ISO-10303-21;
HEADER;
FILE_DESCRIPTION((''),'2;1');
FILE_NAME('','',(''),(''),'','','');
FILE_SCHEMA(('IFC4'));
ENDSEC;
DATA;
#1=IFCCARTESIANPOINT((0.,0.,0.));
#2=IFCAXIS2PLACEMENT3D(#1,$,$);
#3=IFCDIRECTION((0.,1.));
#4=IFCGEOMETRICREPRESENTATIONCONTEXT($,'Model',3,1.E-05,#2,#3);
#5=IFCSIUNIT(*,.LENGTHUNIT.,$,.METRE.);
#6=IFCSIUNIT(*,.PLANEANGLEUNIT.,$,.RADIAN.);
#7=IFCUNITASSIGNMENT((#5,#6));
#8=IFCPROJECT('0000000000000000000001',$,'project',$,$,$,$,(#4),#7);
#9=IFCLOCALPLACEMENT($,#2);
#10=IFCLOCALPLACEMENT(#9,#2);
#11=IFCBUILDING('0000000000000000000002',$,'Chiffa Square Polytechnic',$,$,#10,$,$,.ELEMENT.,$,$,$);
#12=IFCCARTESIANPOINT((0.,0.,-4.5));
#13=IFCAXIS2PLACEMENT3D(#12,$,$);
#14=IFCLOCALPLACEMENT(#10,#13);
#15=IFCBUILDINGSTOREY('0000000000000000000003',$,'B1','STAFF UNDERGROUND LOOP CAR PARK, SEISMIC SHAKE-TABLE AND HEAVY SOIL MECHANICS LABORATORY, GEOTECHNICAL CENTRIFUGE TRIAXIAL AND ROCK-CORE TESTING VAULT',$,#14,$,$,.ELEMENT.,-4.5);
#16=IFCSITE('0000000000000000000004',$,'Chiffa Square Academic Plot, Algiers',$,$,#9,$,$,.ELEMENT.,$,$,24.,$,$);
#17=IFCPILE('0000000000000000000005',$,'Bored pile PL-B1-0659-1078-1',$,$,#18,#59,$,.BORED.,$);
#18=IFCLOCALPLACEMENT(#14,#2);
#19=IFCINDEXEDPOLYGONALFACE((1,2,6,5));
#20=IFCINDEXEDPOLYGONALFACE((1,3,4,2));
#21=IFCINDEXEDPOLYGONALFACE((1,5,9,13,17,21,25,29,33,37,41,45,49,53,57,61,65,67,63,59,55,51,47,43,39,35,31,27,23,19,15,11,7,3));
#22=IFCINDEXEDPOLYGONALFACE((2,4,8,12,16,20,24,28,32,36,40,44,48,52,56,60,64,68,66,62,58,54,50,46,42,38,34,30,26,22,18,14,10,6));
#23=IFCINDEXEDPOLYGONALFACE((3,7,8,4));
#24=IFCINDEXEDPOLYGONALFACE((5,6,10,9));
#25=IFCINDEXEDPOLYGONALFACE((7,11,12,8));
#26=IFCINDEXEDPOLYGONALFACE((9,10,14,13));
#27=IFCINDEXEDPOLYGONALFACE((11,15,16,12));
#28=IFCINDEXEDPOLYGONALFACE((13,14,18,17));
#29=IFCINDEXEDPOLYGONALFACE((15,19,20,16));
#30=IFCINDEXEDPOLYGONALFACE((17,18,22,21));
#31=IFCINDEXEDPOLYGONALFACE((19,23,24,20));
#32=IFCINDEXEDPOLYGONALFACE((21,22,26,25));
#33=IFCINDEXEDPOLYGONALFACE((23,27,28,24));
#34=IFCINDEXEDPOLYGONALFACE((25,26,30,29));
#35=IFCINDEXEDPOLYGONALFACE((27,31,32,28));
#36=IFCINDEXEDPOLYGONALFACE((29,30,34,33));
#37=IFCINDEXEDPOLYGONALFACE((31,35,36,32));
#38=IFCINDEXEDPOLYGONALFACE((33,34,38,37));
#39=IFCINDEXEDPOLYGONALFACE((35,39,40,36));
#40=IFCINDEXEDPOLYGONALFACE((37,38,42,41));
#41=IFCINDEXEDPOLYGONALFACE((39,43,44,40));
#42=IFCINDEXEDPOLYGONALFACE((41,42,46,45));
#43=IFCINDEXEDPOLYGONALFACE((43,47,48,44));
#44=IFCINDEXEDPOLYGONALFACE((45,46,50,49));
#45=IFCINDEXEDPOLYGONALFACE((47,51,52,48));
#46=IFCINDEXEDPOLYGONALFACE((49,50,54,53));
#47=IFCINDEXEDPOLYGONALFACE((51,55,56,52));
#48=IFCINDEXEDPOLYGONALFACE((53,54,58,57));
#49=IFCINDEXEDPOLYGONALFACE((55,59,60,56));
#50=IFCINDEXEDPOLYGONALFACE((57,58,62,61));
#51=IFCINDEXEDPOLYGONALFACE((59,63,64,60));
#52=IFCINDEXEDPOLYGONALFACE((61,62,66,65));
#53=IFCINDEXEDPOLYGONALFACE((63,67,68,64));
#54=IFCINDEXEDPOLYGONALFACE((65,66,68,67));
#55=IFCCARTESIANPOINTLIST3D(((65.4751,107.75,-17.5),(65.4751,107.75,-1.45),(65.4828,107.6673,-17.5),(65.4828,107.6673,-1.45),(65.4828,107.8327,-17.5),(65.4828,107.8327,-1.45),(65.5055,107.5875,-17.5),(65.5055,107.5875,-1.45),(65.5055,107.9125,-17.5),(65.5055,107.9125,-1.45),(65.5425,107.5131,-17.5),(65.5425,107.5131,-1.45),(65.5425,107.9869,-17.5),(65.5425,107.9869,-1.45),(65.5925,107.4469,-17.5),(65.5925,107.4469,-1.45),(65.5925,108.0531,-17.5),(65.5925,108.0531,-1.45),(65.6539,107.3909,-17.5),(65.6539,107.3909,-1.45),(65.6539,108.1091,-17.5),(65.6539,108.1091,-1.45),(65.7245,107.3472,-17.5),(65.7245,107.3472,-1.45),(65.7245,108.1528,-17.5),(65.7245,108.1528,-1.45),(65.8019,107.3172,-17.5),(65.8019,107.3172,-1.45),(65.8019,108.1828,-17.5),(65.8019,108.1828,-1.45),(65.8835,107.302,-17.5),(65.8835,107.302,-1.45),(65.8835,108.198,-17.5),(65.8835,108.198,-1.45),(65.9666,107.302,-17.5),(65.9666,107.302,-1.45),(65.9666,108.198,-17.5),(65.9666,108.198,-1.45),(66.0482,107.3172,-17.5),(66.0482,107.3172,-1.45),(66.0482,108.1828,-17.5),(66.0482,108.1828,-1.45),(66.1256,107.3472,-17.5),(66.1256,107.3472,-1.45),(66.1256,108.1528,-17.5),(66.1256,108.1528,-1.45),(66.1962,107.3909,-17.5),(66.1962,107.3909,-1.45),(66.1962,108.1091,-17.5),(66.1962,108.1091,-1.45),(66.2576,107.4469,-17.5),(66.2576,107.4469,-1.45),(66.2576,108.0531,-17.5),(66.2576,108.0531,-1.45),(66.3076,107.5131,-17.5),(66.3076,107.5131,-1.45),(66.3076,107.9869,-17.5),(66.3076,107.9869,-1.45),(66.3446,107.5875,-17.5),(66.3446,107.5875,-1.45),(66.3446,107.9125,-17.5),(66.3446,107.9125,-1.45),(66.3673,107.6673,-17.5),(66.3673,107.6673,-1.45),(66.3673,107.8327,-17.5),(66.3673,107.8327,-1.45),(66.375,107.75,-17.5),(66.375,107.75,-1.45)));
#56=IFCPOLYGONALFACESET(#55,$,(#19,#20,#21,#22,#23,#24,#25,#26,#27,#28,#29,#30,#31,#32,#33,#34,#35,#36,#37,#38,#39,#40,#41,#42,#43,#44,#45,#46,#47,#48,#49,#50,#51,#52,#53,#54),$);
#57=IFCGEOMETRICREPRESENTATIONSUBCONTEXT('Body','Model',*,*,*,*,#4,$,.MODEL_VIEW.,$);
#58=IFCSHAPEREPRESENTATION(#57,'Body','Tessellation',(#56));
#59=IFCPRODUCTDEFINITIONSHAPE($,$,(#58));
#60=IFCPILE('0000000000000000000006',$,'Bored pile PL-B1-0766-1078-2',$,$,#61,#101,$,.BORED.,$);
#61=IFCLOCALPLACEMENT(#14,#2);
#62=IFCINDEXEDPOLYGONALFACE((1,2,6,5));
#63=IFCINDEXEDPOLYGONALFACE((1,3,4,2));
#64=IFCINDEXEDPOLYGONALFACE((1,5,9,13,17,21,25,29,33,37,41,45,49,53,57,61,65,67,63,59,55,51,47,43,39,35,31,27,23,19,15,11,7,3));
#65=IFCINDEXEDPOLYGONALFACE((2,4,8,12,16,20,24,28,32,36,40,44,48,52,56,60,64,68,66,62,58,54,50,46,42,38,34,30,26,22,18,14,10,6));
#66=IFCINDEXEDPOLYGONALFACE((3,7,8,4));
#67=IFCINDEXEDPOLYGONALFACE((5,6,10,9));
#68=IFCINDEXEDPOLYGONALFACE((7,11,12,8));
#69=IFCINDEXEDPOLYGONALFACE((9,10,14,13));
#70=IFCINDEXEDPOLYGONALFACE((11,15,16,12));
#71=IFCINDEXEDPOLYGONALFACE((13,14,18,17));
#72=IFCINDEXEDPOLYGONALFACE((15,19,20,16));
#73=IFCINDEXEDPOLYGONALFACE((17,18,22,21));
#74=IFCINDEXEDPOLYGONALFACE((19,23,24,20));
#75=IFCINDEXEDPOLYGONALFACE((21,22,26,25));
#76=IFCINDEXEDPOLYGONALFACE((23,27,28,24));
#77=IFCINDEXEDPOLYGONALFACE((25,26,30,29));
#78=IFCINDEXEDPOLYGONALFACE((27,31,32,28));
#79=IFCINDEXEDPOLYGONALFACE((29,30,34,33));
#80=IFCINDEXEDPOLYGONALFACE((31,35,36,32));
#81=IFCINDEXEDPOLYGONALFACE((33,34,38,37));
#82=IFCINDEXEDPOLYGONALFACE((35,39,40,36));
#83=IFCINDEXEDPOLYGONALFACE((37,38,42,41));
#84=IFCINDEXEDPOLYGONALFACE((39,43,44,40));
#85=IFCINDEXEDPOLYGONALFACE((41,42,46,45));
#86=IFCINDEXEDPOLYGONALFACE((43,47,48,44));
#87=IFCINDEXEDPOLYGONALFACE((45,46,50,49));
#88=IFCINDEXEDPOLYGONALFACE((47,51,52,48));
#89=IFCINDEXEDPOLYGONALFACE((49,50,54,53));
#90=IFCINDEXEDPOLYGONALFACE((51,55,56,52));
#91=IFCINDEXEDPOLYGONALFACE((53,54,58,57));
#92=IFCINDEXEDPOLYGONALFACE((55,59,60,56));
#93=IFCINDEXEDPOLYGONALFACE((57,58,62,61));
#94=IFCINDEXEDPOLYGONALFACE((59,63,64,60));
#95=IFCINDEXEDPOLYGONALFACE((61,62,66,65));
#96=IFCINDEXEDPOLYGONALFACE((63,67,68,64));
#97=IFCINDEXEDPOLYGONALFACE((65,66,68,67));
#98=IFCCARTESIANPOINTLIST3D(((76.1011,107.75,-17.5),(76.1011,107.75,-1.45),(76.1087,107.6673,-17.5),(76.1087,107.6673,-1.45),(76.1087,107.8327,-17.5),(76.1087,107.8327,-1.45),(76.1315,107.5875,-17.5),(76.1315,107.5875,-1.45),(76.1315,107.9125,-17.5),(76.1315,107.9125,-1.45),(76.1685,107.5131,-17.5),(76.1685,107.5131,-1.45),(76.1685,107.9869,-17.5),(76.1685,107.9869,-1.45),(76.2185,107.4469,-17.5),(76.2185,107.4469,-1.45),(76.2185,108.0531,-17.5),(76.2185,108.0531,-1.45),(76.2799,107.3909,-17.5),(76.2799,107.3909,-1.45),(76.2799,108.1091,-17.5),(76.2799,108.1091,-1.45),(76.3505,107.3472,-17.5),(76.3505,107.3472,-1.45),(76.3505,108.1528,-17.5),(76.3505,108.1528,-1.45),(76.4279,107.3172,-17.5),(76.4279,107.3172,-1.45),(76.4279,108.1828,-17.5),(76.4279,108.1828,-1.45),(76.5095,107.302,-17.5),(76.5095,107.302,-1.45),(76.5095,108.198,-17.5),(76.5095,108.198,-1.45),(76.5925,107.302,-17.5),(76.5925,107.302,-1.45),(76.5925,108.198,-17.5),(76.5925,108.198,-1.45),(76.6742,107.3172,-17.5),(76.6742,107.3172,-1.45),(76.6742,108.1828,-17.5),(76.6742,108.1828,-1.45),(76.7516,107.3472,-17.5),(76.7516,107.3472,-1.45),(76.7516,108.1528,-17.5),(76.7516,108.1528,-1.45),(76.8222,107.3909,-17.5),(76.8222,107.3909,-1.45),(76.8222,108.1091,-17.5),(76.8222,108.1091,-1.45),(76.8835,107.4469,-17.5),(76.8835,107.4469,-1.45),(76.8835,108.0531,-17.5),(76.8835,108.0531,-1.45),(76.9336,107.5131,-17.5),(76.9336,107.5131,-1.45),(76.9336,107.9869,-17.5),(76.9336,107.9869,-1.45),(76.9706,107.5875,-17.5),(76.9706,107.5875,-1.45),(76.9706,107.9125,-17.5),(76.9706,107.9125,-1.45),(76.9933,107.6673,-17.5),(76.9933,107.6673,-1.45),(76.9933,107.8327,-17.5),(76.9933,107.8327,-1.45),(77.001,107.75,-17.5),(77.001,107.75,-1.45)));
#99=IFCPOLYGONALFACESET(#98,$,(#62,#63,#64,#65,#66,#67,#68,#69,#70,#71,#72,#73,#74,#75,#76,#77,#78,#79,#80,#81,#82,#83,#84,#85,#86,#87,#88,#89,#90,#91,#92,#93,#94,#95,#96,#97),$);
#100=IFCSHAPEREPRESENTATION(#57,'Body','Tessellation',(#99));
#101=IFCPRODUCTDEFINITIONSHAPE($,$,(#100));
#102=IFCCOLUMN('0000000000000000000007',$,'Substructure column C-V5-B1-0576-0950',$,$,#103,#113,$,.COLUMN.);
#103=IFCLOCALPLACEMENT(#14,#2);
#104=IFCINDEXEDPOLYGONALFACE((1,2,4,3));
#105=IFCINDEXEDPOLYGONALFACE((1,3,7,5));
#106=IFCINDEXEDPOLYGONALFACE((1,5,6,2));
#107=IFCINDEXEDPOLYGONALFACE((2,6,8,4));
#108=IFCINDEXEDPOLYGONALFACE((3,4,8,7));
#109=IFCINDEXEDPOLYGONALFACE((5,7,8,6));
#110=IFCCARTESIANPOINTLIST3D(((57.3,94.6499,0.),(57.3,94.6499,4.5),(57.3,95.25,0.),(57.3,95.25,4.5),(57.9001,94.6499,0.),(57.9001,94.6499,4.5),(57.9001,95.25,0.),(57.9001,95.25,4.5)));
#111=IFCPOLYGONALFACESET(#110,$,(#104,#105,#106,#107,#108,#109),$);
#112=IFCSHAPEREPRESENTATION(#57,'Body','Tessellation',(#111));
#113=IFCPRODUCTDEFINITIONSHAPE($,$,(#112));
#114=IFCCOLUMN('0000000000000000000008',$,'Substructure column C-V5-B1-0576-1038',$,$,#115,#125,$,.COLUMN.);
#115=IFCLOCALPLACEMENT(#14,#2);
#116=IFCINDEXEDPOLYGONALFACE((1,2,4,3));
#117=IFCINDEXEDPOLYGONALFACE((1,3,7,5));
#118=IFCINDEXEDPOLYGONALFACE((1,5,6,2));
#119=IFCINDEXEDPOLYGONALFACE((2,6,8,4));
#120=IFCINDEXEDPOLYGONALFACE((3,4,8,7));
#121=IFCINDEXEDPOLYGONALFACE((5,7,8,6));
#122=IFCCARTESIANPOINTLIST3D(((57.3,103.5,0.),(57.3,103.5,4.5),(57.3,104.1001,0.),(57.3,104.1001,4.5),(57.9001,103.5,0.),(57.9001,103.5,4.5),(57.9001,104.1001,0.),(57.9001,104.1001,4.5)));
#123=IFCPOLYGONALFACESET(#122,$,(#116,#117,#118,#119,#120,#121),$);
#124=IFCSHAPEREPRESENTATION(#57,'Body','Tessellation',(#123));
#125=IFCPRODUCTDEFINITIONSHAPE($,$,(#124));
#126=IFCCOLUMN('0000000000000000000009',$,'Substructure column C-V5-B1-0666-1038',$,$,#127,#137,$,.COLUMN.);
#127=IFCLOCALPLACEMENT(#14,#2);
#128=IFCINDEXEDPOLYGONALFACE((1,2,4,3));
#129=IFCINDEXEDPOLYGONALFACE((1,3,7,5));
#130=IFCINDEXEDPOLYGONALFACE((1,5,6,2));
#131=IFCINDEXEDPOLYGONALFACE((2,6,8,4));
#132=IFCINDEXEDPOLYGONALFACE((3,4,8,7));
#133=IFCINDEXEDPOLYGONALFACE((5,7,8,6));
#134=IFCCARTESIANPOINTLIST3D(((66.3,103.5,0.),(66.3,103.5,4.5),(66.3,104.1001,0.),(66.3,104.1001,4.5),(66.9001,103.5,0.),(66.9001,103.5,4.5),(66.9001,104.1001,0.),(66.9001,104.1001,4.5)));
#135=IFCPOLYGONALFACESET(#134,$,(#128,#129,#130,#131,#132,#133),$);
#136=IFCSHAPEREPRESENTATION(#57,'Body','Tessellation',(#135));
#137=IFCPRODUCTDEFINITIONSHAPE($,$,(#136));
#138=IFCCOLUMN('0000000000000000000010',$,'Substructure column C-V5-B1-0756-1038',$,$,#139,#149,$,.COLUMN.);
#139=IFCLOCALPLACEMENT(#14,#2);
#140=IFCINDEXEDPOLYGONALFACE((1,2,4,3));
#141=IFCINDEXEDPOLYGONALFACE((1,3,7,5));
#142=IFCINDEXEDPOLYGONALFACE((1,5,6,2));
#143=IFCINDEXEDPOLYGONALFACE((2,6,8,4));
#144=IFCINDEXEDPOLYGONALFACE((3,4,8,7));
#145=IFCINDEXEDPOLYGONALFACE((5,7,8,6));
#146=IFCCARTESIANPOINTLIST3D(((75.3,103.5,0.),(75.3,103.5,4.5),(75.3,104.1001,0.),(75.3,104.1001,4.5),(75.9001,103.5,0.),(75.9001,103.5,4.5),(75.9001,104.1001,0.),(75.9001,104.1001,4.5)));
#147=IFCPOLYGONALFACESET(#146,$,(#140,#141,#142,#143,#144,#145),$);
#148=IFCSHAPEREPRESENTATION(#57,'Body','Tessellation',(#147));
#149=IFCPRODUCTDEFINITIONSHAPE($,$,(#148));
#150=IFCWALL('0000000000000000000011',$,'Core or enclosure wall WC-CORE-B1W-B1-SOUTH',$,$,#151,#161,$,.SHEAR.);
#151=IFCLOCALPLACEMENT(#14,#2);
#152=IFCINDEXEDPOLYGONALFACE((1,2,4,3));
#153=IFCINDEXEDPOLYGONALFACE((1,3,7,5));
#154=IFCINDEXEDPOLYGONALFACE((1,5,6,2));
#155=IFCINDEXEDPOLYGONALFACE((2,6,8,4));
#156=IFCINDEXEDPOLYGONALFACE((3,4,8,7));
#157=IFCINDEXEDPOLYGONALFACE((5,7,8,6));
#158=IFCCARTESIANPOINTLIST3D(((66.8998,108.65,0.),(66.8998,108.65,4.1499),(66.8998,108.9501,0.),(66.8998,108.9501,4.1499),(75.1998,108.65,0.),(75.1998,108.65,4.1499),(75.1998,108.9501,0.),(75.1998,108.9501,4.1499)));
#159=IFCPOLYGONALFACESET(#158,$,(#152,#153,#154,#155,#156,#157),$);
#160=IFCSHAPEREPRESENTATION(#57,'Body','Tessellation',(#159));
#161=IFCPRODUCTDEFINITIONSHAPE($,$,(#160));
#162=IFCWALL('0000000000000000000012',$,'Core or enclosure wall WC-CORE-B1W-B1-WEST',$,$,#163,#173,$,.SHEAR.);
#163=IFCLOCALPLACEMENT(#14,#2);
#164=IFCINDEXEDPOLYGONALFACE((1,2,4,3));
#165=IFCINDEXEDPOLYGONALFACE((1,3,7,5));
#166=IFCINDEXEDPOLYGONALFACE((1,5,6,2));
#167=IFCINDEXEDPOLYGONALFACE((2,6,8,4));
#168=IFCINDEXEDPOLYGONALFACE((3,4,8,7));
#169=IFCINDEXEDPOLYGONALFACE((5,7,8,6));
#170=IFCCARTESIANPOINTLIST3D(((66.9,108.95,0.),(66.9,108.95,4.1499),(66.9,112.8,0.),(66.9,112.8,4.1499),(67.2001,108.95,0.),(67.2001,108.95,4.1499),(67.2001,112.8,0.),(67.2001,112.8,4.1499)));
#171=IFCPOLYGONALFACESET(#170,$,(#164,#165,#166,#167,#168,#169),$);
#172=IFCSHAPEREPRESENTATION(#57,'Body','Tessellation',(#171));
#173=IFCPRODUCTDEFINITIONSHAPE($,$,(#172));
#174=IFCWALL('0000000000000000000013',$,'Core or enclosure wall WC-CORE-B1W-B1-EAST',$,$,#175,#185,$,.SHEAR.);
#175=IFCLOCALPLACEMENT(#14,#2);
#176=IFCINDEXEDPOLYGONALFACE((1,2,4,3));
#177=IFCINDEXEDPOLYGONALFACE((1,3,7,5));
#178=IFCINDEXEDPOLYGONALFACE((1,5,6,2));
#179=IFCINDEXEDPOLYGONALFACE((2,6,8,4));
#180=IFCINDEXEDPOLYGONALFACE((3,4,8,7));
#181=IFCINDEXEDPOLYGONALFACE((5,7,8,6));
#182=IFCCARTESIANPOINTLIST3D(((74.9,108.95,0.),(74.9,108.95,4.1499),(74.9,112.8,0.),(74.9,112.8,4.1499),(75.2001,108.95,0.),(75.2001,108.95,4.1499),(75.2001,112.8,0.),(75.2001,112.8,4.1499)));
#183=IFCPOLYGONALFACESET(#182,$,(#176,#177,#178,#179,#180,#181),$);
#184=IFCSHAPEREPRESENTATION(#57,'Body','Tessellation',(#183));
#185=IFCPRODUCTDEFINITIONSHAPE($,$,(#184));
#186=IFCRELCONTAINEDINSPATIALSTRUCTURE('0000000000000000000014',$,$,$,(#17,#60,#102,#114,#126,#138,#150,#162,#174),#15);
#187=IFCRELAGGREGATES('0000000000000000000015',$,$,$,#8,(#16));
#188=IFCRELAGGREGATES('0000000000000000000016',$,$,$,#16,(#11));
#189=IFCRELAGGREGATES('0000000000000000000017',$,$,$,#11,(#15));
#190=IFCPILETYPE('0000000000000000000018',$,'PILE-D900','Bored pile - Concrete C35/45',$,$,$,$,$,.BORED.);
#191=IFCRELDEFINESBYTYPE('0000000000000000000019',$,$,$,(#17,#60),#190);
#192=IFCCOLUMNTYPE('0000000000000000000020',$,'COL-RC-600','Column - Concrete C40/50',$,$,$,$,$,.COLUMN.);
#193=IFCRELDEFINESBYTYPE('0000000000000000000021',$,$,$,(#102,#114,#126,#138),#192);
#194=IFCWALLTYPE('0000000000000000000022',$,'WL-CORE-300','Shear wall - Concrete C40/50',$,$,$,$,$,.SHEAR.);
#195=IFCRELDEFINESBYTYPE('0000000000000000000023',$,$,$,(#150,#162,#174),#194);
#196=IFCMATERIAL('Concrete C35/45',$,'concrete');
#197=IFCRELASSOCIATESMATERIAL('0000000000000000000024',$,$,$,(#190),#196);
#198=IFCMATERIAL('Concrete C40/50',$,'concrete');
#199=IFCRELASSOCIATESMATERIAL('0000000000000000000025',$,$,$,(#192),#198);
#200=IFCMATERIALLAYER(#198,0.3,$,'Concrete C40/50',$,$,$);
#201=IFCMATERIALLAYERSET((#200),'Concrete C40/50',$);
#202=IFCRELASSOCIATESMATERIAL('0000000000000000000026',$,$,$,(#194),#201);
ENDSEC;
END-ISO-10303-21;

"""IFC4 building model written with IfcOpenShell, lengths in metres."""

from ifc_helpers import new_model, si_unit, direction, frame, frame_2d, origin, origin_2d, place, context, subcontext, project, spatial, rectangle, circle, extrude, material, layer, layer_set, material_profile, profile_set, type_object, element, save


model = new_model("IFC4")

# Units and contexts
model_context = context("Model", 3, precision=1e-05, world=origin(), true_north=direction((0.0, 1.0)))
body_context = subcontext(model_context, "Body", "Model", "MODEL_VIEW")
ifc_project = project(units=[si_unit("LENGTHUNIT", "METRE"), si_unit("PLANEANGLEUNIT", "RADIAN")], contexts=[model_context])

# Site, building, storey
site_placement = place(None, origin())
site = spatial("IfcSite", under=ifc_project, at=site_placement, Name="Chiffa Square Academic Plot, Algiers", CompositionType="ELEMENT", RefElevation=24.0)
building_placement = place(site_placement, origin())
building = spatial("IfcBuilding", under=site, at=building_placement, Name="Chiffa Square Polytechnic", CompositionType="ELEMENT")
storey_placement = place(building_placement, frame((0.0, 0.0, -4.5)))
storey = spatial("IfcBuildingStorey", under=building, at=storey_placement, Name="B1", Description="STAFF UNDERGROUND LOOP CAR PARK, SEISMIC SHAKE-TABLE AND HEAVY SOIL MECHANICS LABORATORY, GEOTECHNICAL CENTRIFUGE TRIAXIAL AND ROCK-CORE TESTING VAULT", CompositionType="ELEMENT", Elevation=-4.5)

# Shared definitions
ifc_material_1 = material(Name="Concrete C35/45", Category="concrete")

# Piles
ifc_material_profile_1 = material_profile(ifc_material_1, circle(Radius=0.45, at=origin_2d()), Name="PILE D900")
ifc_profile_set_1 = profile_set([ifc_material_profile_1], Name="Concrete C35/45")
pile_type_1 = type_object("IfcPileType", Name="PILE-D900", Description="Bored pile - Concrete C35/45", PredefinedType="BORED", material=ifc_profile_set_1)
for number, where, z_axis, x_axis, name in (
    (1, (65.925, 107.75, -1.45), (0.0, 0.0, -1.0), (1.0, 0.0, 0.0), "Bored pile PL-B1-0659-1078-1"),
    (2, (76.551, 107.75, -1.45), (0.0, 0.0, -1.0), (1.0, 0.0, 0.0), "Bored pile PL-B1-0766-1078-2"),
):
    element("IfcPile", number, at=place(storey_placement, frame(where, z_axis=z_axis, x_axis=x_axis)), inside=storey, type_object=pile_type_1, Name=name, PredefinedType="BORED", context=body_context, shape_type="SweptSolid", body=[
        extrude(circle(Radius=0.45, at=origin_2d()), origin(), (0.0, 0.0, 1.0), 16.05),
    ])

# Columns
ifc_material_2 = material(Name="Concrete C40/50", Category="concrete")
ifc_material_profile_2 = material_profile(ifc_material_2, rectangle(XDim=0.6001, YDim=0.6001, at=origin_2d()), Name="RC 600x600")
ifc_profile_set_2 = profile_set([ifc_material_profile_2], Name="Concrete C40/50")
column_type = type_object("IfcColumnType", Name="COL-RC-600", Description="Column - Concrete C40/50", PredefinedType="COLUMN", material=ifc_profile_set_2)
for number, where, z_axis, x_axis, name in (
    (3, (57.6001, 94.95, 0.0), (0.0, 0.0, 1.0), (1.0, 0.0, 0.0), "Substructure column C-V5-B1-0576-0950"),
    (4, (57.6001, 103.8, 0.0), (0.0, 0.0, 1.0), (1.0, 0.0, 0.0), "Substructure column C-V5-B1-0576-1038"),
    (5, (66.6001, 103.8, 0.0), (0.0, 0.0, 1.0), (1.0, 0.0, 0.0), "Substructure column C-V5-B1-0666-1038"),
    (6, (75.6001, 103.8, 0.0), (0.0, 0.0, 1.0), (1.0, 0.0, 0.0), "Substructure column C-V5-B1-0756-1038"),
):
    element("IfcColumn", number, at=place(storey_placement, frame(where, z_axis=z_axis, x_axis=x_axis)), inside=storey, type_object=column_type, Name=name, PredefinedType="COLUMN", context=body_context, shape_type="SweptSolid", body=[
        extrude(rectangle(XDim=0.6001, YDim=0.6001, at=origin_2d()), origin(), (0.0, 0.0, 1.0), 4.5),
    ])

# Walls
ifc_layer_1 = layer(ifc_material_2, 0.3, Name="Concrete C40/50")
ifc_layer_set_1 = layer_set([ifc_layer_1], Name="Concrete C40/50")
wall_type_1 = type_object("IfcWallType", Name="WL-CORE-300", Description="Shear wall - Concrete C40/50", PredefinedType="SHEAR", material=ifc_layer_set_1)
wall_1_placement = place(storey_placement, frame((66.8999, 108.8, 0.0), z_axis=(0.0, 0.0, 1.0), x_axis=(1.0, 0.0, 0.0)))
element("IfcWall", 7, at=wall_1_placement, inside=storey, type_object=wall_type_1, Name="Core or enclosure wall WC-CORE-B1W-B1-SOUTH", PredefinedType="SHEAR", context=body_context, shape_type="SweptSolid", body=[
    extrude(rectangle(XDim=8.3, YDim=0.3, at=frame_2d((4.1499, 0.0))), origin(), (0.0, 0.0, 1.0), 4.1499),
])
for number, where, z_axis, x_axis, name in (
    (8, (67.05, 108.95, 0.0), (0.0, 0.0, 1.0), (0.0, 1.0, 0.0), "Core or enclosure wall WC-CORE-B1W-B1-WEST"),
    (9, (75.05, 108.95, 0.0), (0.0, 0.0, 1.0), (0.0, 1.0, 0.0), "Core or enclosure wall WC-CORE-B1W-B1-EAST"),
):
    element("IfcWall", number, at=place(storey_placement, frame(where, z_axis=z_axis, x_axis=x_axis)), inside=storey, type_object=wall_type_1, Name=name, PredefinedType="SHEAR", context=body_context, shape_type="SweptSolid", body=[
        extrude(rectangle(XDim=3.8501, YDim=0.3, at=frame_2d((1.925, 0.0))), origin(), (0.0, 0.0, 1.0), 4.1499),
    ])

save(model, "model.ifc")
